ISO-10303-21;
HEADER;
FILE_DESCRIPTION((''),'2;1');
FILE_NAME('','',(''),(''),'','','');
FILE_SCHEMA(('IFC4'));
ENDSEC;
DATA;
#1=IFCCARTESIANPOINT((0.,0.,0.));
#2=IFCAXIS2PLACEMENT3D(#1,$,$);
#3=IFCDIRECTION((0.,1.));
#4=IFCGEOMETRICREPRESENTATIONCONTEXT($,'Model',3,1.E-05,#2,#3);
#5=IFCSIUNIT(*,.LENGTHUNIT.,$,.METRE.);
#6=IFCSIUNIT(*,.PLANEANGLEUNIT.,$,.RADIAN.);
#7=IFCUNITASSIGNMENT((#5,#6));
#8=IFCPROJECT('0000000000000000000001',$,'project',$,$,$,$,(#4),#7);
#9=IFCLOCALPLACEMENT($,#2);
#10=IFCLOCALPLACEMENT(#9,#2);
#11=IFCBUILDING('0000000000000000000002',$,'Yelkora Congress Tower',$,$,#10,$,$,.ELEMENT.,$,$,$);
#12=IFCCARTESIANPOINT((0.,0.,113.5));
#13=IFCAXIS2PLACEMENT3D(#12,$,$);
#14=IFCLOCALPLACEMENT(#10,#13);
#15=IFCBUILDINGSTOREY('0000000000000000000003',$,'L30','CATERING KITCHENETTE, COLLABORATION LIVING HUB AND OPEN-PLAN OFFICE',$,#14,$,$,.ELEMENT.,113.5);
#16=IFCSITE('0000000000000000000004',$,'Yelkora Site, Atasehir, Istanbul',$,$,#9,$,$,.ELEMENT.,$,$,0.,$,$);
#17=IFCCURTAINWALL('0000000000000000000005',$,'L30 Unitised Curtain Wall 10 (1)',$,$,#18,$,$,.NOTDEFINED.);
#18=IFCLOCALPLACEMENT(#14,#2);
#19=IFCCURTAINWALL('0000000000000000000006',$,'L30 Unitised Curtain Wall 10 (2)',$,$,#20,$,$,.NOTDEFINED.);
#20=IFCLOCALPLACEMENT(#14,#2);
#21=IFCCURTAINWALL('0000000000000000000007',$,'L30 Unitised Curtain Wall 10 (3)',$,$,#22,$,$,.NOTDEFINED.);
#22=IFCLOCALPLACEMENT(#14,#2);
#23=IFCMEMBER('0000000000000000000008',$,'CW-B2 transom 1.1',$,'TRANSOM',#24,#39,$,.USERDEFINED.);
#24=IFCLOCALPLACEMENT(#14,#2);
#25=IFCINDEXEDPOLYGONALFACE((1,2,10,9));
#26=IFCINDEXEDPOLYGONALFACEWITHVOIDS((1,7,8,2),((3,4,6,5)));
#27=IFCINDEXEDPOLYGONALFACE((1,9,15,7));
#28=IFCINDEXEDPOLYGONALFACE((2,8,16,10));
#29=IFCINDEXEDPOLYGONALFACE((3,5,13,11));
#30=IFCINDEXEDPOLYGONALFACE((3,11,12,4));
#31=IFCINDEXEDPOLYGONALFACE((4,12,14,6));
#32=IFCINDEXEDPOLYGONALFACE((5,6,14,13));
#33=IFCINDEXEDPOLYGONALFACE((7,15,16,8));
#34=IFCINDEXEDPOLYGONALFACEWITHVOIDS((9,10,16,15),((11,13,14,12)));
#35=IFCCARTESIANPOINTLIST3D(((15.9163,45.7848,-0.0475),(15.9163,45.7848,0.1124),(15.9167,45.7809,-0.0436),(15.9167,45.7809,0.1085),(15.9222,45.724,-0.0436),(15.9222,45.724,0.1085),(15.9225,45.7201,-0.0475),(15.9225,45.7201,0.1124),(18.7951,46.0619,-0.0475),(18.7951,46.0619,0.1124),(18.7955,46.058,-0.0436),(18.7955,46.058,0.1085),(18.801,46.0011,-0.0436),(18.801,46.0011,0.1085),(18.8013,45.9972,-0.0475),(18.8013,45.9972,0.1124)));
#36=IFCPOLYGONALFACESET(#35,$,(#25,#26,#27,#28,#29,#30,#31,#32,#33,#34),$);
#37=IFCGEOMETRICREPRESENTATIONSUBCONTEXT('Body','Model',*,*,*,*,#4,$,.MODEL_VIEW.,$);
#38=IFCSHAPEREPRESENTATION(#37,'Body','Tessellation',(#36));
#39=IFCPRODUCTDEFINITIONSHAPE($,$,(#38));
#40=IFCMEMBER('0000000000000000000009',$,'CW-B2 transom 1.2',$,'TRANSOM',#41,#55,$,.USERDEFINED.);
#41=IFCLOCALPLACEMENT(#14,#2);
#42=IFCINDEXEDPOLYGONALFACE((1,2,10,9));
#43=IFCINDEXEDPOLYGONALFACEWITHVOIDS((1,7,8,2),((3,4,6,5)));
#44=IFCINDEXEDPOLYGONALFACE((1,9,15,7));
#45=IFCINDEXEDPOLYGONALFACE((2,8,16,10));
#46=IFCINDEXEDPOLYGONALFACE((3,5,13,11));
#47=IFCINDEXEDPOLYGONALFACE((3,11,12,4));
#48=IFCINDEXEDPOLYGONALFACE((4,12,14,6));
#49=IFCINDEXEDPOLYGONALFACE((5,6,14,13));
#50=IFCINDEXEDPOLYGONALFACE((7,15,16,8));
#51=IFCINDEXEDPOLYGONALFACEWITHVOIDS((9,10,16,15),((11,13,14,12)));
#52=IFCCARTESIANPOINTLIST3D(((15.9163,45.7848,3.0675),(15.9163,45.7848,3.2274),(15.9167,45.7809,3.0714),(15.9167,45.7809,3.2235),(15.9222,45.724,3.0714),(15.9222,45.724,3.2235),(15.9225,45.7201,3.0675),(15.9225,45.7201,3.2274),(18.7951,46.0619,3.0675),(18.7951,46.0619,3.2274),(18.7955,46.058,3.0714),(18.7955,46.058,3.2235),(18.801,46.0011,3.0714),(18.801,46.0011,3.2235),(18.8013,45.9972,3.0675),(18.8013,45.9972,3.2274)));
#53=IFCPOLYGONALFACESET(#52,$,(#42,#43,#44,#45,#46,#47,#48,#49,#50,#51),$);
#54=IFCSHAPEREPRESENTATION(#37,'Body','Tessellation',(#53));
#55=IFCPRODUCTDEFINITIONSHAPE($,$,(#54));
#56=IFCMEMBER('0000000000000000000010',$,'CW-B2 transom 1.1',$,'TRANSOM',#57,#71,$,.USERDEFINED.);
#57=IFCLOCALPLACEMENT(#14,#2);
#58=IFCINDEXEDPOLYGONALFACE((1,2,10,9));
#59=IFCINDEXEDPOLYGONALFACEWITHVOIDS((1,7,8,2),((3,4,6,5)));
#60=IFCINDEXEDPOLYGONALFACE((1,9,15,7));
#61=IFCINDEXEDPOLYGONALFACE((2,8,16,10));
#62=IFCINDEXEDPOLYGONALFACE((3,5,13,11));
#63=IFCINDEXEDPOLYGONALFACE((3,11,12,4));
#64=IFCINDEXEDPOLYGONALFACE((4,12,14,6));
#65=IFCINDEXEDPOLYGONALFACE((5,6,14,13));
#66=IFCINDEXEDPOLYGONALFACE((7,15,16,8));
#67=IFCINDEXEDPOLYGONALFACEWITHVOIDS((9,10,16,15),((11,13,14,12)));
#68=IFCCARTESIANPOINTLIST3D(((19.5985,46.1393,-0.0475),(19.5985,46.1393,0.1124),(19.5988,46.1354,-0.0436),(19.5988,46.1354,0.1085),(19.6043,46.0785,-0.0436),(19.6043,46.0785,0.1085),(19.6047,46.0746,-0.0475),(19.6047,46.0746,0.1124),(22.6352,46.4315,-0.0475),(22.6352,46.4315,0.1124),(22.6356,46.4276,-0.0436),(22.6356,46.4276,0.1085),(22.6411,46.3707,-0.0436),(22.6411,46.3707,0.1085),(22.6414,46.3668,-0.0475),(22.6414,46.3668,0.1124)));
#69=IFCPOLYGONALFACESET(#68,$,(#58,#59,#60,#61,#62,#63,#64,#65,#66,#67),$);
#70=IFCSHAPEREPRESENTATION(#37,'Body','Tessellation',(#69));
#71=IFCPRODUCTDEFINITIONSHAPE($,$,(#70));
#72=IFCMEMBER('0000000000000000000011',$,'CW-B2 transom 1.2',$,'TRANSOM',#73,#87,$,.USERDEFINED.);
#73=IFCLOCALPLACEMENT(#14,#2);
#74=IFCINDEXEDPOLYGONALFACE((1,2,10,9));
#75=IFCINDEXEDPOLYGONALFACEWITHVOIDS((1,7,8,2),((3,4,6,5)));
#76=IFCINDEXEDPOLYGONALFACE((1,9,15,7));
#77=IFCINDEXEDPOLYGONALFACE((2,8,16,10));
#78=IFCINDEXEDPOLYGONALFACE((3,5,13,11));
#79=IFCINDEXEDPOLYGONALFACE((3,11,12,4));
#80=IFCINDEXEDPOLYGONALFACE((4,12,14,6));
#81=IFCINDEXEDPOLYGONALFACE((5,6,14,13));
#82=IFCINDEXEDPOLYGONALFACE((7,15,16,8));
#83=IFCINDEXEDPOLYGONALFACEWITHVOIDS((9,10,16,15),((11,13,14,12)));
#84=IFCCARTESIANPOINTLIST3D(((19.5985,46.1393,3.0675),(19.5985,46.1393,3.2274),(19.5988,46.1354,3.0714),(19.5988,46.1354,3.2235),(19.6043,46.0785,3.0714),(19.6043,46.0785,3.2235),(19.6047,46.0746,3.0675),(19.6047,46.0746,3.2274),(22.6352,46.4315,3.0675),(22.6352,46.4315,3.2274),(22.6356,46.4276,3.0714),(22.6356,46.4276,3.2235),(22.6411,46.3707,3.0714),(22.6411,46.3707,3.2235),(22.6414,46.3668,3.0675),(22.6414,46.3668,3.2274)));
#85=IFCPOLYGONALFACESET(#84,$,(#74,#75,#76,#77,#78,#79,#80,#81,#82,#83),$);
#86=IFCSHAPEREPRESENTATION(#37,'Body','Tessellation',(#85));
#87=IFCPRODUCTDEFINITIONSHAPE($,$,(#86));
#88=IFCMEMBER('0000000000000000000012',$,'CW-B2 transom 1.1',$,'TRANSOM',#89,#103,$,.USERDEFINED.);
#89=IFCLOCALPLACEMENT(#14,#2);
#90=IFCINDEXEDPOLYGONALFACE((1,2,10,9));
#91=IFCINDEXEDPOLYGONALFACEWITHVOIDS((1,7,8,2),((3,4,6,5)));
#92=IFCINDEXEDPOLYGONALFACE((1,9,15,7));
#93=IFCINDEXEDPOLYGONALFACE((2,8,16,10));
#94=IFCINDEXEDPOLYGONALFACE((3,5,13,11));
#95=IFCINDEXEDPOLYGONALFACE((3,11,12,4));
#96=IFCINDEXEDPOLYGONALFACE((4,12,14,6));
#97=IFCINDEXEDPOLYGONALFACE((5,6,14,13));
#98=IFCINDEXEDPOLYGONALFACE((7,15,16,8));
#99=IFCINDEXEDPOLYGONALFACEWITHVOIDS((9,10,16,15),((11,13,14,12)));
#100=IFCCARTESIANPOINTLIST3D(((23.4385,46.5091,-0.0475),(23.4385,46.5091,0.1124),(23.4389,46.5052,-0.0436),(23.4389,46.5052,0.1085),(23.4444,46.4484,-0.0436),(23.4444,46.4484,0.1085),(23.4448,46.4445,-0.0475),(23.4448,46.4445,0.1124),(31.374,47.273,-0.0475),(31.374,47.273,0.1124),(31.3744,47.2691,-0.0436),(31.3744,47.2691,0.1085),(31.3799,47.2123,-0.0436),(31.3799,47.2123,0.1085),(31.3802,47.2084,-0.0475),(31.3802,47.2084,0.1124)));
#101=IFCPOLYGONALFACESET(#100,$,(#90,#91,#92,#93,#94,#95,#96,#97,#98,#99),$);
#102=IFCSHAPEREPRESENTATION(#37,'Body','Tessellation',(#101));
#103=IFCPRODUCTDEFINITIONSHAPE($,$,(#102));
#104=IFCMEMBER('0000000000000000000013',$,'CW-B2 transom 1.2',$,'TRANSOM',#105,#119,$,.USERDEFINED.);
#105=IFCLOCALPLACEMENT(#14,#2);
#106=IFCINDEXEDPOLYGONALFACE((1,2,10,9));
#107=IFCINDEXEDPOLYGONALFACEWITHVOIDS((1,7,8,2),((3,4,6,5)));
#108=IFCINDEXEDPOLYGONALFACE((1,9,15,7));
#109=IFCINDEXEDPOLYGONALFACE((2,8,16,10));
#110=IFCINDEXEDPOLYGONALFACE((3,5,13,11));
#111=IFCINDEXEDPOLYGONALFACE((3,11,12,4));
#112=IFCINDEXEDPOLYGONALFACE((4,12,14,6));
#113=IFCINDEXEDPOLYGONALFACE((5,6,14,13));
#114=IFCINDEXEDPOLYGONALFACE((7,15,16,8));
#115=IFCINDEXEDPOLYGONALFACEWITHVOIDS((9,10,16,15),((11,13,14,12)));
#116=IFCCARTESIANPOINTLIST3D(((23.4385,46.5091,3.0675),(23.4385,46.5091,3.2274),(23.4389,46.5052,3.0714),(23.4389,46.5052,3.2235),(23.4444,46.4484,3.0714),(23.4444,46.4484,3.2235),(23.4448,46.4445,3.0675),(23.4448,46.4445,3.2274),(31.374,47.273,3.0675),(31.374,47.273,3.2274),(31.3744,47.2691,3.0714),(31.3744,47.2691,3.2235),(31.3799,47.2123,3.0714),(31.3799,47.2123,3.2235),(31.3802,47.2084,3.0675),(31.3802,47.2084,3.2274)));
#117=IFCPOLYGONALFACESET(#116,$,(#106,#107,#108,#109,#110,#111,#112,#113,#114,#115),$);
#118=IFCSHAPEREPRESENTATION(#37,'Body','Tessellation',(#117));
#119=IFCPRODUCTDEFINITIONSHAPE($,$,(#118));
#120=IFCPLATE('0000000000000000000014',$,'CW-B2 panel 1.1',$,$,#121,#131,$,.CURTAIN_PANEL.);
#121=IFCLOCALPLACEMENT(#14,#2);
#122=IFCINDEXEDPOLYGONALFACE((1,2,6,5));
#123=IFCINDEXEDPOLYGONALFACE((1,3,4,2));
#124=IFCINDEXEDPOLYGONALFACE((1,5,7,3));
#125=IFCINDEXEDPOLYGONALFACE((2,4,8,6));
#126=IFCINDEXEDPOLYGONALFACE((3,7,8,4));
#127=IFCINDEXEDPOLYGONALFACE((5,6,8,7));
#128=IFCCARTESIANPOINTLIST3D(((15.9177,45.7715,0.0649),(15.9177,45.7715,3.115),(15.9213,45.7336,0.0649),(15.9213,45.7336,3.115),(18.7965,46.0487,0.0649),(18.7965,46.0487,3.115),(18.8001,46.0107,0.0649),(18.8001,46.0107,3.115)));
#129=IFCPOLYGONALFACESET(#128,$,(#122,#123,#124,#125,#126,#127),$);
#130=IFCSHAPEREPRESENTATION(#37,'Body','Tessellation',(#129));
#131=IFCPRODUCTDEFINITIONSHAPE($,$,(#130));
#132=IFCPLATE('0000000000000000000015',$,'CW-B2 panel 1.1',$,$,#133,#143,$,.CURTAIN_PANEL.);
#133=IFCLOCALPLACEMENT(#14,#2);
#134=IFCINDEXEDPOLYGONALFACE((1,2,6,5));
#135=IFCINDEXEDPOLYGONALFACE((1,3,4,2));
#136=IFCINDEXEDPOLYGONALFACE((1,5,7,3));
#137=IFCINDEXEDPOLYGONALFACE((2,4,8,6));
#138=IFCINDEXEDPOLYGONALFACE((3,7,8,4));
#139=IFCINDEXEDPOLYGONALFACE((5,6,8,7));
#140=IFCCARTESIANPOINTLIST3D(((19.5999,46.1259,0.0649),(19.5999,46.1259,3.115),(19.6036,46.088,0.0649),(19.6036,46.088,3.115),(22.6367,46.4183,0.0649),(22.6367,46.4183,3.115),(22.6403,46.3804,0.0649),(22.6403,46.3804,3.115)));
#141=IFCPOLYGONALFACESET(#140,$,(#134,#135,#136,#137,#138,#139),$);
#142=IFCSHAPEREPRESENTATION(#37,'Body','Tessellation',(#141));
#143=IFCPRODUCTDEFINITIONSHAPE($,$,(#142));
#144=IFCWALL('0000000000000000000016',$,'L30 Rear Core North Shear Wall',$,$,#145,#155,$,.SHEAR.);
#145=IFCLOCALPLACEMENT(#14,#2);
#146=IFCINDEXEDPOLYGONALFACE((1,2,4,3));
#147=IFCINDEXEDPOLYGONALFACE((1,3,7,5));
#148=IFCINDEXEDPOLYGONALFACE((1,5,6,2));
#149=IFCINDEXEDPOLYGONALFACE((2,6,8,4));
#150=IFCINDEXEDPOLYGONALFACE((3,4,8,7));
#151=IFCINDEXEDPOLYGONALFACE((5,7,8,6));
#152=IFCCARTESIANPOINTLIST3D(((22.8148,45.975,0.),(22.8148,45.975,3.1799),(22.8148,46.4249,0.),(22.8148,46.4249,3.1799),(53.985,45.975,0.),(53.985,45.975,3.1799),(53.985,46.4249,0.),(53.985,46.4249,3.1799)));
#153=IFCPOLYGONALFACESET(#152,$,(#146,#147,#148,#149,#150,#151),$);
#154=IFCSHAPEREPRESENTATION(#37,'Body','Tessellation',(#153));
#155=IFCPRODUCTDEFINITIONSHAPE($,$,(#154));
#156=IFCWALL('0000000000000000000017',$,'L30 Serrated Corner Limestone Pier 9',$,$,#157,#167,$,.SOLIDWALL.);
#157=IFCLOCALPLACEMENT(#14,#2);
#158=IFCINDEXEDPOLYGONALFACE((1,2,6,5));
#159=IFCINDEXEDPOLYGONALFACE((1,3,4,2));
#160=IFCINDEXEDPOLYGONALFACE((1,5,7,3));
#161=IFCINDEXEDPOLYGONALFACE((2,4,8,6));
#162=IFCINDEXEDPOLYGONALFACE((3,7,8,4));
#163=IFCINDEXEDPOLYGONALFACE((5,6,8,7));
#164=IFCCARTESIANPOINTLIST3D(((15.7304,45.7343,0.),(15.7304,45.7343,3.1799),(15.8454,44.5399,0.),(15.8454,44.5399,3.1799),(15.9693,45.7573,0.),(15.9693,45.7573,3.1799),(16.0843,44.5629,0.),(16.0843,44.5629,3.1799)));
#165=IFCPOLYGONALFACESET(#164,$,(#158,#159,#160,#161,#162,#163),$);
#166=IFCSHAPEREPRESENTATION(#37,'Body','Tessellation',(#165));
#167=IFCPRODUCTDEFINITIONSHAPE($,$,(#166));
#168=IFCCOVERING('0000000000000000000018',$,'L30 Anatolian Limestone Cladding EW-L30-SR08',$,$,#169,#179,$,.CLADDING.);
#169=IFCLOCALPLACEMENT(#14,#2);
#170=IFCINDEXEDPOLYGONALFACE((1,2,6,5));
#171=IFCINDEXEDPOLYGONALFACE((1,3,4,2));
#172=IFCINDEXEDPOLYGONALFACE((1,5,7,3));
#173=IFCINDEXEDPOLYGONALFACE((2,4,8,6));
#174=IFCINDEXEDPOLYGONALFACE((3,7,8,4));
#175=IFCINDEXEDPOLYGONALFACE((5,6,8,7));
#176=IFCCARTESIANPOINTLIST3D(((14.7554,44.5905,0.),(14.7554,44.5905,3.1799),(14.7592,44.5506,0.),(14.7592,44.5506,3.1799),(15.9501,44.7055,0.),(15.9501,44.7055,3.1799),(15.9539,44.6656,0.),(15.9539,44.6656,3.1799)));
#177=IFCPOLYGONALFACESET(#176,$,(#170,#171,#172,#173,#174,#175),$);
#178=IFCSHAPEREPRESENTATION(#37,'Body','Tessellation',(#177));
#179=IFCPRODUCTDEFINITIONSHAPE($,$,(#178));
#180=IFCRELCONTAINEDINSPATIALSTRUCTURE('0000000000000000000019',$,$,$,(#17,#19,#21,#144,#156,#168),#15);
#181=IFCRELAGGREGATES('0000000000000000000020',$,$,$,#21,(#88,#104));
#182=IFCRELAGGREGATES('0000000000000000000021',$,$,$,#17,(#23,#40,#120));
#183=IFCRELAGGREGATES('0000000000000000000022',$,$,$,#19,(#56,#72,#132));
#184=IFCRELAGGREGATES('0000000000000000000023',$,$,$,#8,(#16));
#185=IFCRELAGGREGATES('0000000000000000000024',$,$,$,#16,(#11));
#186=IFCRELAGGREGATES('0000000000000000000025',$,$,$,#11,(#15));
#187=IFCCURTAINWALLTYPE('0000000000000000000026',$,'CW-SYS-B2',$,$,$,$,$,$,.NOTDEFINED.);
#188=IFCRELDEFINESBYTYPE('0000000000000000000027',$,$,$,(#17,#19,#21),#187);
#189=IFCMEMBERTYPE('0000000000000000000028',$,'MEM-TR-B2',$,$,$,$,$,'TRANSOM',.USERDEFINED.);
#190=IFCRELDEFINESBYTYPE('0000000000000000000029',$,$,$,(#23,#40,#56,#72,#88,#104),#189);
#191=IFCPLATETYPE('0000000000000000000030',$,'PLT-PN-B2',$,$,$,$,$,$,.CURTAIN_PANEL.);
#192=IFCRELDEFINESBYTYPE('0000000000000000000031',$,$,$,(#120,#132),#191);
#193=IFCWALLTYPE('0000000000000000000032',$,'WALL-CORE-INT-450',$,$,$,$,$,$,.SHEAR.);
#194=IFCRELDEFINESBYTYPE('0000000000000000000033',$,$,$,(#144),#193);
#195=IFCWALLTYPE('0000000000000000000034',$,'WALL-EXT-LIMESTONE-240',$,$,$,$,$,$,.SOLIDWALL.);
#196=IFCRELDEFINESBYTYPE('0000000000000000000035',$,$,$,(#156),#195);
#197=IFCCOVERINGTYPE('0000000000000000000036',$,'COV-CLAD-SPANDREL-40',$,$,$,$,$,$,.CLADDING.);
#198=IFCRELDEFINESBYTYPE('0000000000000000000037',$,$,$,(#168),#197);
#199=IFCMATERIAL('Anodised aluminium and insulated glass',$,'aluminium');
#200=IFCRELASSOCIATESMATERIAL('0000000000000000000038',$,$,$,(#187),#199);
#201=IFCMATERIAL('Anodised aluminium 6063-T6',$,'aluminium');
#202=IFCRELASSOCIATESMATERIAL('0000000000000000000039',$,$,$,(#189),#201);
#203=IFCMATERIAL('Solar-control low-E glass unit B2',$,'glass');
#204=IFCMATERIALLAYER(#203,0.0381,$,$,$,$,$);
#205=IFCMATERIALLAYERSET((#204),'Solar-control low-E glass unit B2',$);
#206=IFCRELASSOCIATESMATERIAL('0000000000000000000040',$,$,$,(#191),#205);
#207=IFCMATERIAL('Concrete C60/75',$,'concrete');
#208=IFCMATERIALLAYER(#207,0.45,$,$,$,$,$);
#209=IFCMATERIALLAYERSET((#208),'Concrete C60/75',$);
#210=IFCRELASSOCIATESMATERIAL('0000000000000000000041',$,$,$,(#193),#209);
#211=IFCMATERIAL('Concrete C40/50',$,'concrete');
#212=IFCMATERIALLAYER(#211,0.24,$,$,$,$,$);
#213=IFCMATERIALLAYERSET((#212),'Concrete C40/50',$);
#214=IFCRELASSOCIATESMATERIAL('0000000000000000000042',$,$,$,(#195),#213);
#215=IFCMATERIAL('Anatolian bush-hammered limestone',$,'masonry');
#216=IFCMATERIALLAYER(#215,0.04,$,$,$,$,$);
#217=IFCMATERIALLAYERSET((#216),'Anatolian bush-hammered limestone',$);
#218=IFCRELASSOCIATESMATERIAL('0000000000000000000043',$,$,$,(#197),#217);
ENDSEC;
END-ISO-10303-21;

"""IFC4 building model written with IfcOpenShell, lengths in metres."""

from ifc_helpers import new_model, si_unit, direction, frame, frame_2d, origin, origin_2d, place, context, subcontext, project, spatial, rectangle, hollow_rectangle, extrude, material, layer, layer_set, material_profile, profile_set, type_object, element, aggregate, save


model = new_model("IFC4")

# Units and contexts
model_context = context("Model", 3, precision=1e-05, world=origin(), true_north=direction((0.0, 1.0)))
body_context = subcontext(model_context, "Body", "Model", "MODEL_VIEW")
ifc_project = project(units=[si_unit("LENGTHUNIT", "METRE"), si_unit("PLANEANGLEUNIT", "RADIAN")], contexts=[model_context])

# Site, building, storey
site_placement = place(None, origin())
site = spatial("IfcSite", under=ifc_project, at=site_placement, Name="Yelkora Site, Atasehir, Istanbul", CompositionType="ELEMENT", RefElevation=0.0)
building_placement = place(site_placement, origin())
building = spatial("IfcBuilding", under=site, at=building_placement, Name="Yelkora Congress Tower", CompositionType="ELEMENT")
storey_placement = place(building_placement, frame((0.0, 0.0, 113.5)))
storey = spatial("IfcBuildingStorey", under=building, at=storey_placement, Name="L30", Description="CATERING KITCHENETTE, COLLABORATION LIVING HUB AND OPEN-PLAN OFFICE", CompositionType="ELEMENT", Elevation=113.5)

# Curtain walls
ifc_material_1 = material(Name="Anodised aluminium and insulated glass", Category="aluminium")
curtain_wall_type = type_object("IfcCurtainWallType", Name="CW-SYS-B2", PredefinedType="NOTDEFINED", material=ifc_material_1)
curtain_wall_1_placement = place(storey_placement, origin())
curtain_wall_1 = element("IfcCurtainWall", 1, at=curtain_wall_1_placement, inside=storey, type_object=curtain_wall_type, Name="L30 Unitised Curtain Wall 10 (1)", PredefinedType="NOTDEFINED")
ifc_material_2 = material(Name="Anodised aluminium 6063-T6", Category="aluminium")
curtain_wall_2_placement = place(storey_placement, origin())
curtain_wall_2 = element("IfcCurtainWall", 2, at=curtain_wall_2_placement, inside=storey, type_object=curtain_wall_type, Name="L30 Unitised Curtain Wall 10 (2)", PredefinedType="NOTDEFINED")

# Curtain wall
curtain_wall_3_placement = place(storey_placement, origin())
curtain_wall_3 = element("IfcCurtainWall", 3, at=curtain_wall_3_placement, inside=storey, type_object=curtain_wall_type, Name="L30 Unitised Curtain Wall 10 (3)", PredefinedType="NOTDEFINED")

# Members
ifc_material_profile_1 = material_profile(ifc_material_2, hollow_rectangle(XDim=0.0649, YDim=0.1599, WallThickness=0.0039, at=origin_2d()), Name="ALU 65x160x4")
ifc_profile_set_1 = profile_set([ifc_material_profile_1], Name="Anodised aluminium 6063-T6")
member_type_1 = type_object("IfcMemberType", Name="MEM-TR-B2", ElementType="TRANSOM", PredefinedType="USERDEFINED", material=ifc_profile_set_1)
member_1_placement = place(storey_placement, frame((15.9194, 45.7524, 0.0325), z_axis=(0.9954, 0.095809, 0.0), x_axis=(-0.095809, 0.9954, 0.0)))
member_1 = element("IfcMember", 4, at=member_1_placement, type_object=member_type_1, Name="CW-B2 transom 1.1", ObjectType="TRANSOM", PredefinedType="USERDEFINED", context=body_context, shape_type="SweptSolid", body=[
    extrude(hollow_rectangle(XDim=0.0649, YDim=0.1599, WallThickness=0.0039, at=origin_2d()), origin(), (0.0, 0.0, 1.0), 2.8921),
])
member_2_placement = place(storey_placement, frame((15.9194, 45.7524, 3.1475), z_axis=(0.9954, 0.095809, 0.0), x_axis=(-0.095809, 0.9954, 0.0)))
member_2 = element("IfcMember", 5, at=member_2_placement, type_object=member_type_1, Name="CW-B2 transom 1.2", ObjectType="TRANSOM", PredefinedType="USERDEFINED", context=body_context, shape_type="SweptSolid", body=[
    extrude(hollow_rectangle(XDim=0.0649, YDim=0.1599, WallThickness=0.0039, at=origin_2d()), origin(), (0.0, 0.0, 1.0), 2.8921),
])
member_3_placement = place(storey_placement, frame((19.6016, 46.1069, 0.0325), z_axis=(0.995402, 0.095787, 0.0), x_axis=(-0.095787, 0.995402, 0.0)))
member_3 = element("IfcMember", 6, at=member_3_placement, type_object=member_type_1, Name="CW-B2 transom 1.1", ObjectType="TRANSOM", PredefinedType="USERDEFINED", context=body_context, shape_type="SweptSolid", body=[
    extrude(hollow_rectangle(XDim=0.0649, YDim=0.1599, WallThickness=0.0039, at=origin_2d()), origin(), (0.0, 0.0, 1.0), 3.0508),
])
member_4_placement = place(storey_placement, frame((19.6016, 46.1069, 3.1475), z_axis=(0.995402, 0.095787, 0.0), x_axis=(-0.095787, 0.995402, 0.0)))
member_4 = element("IfcMember", 7, at=member_4_placement, type_object=member_type_1, Name="CW-B2 transom 1.2", ObjectType="TRANSOM", PredefinedType="USERDEFINED", context=body_context, shape_type="SweptSolid", body=[
    extrude(hollow_rectangle(XDim=0.0649, YDim=0.1599, WallThickness=0.0039, at=origin_2d()), origin(), (0.0, 0.0, 1.0), 3.0508),
])
member_5_placement = place(storey_placement, frame((23.4417, 46.4768, 0.0325), z_axis=(0.995398, 0.095822, 0.0), x_axis=(-0.095822, 0.995398, 0.0)))
member_5 = element("IfcMember", 8, at=member_5_placement, type_object=member_type_1, Name="CW-B2 transom 1.1", ObjectType="TRANSOM", PredefinedType="USERDEFINED", context=body_context, shape_type="SweptSolid", body=[
    extrude(hollow_rectangle(XDim=0.0649, YDim=0.1599, WallThickness=0.0039, at=origin_2d()), origin(), (0.0, 0.0, 1.0), 7.9722),
])
member_6_placement = place(storey_placement, frame((23.4417, 46.4768, 3.1475), z_axis=(0.995398, 0.095822, 0.0), x_axis=(-0.095822, 0.995398, 0.0)))
member_6 = element("IfcMember", 9, at=member_6_placement, type_object=member_type_1, Name="CW-B2 transom 1.2", ObjectType="TRANSOM", PredefinedType="USERDEFINED", context=body_context, shape_type="SweptSolid", body=[
    extrude(hollow_rectangle(XDim=0.0649, YDim=0.1599, WallThickness=0.0039, at=origin_2d()), origin(), (0.0, 0.0, 1.0), 7.9722),
])
aggregate(curtain_wall_3, [member_5, member_6])

# Plates
ifc_material_3 = material(Name="Solar-control low-E glass unit B2", Category="glass")
ifc_layer_1 = layer(ifc_material_3, 0.0381)
ifc_layer_set_1 = layer_set([ifc_layer_1], Name="Solar-control low-E glass unit B2")
plate_type = type_object("IfcPlateType", Name="PLT-PN-B2", PredefinedType="CURTAIN_PANEL", material=ifc_layer_set_1)
plate_1_placement = place(storey_placement, frame((17.3589, 45.8911, 0.0649), z_axis=(0.0, 0.0, 1.0), x_axis=(0.995397, 0.095839, 0.0)))
plate_1 = element("IfcPlate", 10, at=plate_1_placement, type_object=plate_type, Name="CW-B2 panel 1.1", PredefinedType="CURTAIN_PANEL", context=body_context, shape_type="SweptSolid", body=[
    extrude(rectangle(XDim=2.8921, YDim=0.0381, at=origin_2d()), origin(), (0.0, 0.0, 1.0), 3.05),
])
aggregate(curtain_wall_1, [member_1, member_2, plate_1])
plate_2_placement = place(storey_placement, frame((21.1201, 46.2532, 0.0649), z_axis=(0.0, 0.0, 1.0), x_axis=(0.995397, 0.095841, 0.0)))
plate_2 = element("IfcPlate", 11, at=plate_2_placement, type_object=plate_type, Name="CW-B2 panel 1.1", PredefinedType="CURTAIN_PANEL", context=body_context, shape_type="SweptSolid", body=[
    extrude(rectangle(XDim=3.0508, YDim=0.0381, at=origin_2d()), origin(), (0.0, 0.0, 1.0), 3.05),
])
aggregate(curtain_wall_2, [member_3, member_4, plate_2])

# Walls
ifc_material_4 = material(Name="Concrete C60/75", Category="concrete")
ifc_layer_2 = layer(ifc_material_4, 0.45)
ifc_layer_set_2 = layer_set([ifc_layer_2], Name="Concrete C60/75")
wall_type_1 = type_object("IfcWallType", Name="WALL-CORE-INT-450", PredefinedType="SHEAR", material=ifc_layer_set_2)
wall_1_placement = place(storey_placement, frame((22.8149, 46.2, 0.0), z_axis=(0.0, 0.0, 1.0), x_axis=(1.0, 0.0, 0.0)))
element("IfcWall", 12, at=wall_1_placement, inside=storey, type_object=wall_type_1, Name="L30 Rear Core North Shear Wall", PredefinedType="SHEAR", context=body_context, shape_type="SweptSolid", body=[
    extrude(rectangle(XDim=31.1702, YDim=0.45, at=frame_2d((15.585, 0.0))), origin(), (0.0, 0.0, 1.0), 3.1799),
])
ifc_material_5 = material(Name="Concrete C40/50", Category="concrete")
ifc_layer_3 = layer(ifc_material_5, 0.24)
ifc_layer_set_3 = layer_set([ifc_layer_3], Name="Concrete C40/50")
wall_type_2 = type_object("IfcWallType", Name="WALL-EXT-LIMESTONE-240", PredefinedType="SOLIDWALL", material=ifc_layer_set_3)
wall_2_placement = place(storey_placement, frame((15.9648, 44.5513, 0.0), z_axis=(0.0, 0.0, 1.0), x_axis=(-0.095836, 0.995397, 0.0)))
element("IfcWall", 13, at=wall_2_placement, inside=storey, type_object=wall_type_2, Name="L30 Serrated Corner Limestone Pier 9", PredefinedType="SOLIDWALL", context=body_context, shape_type="SweptSolid", body=[
    extrude(rectangle(XDim=1.2, YDim=0.24, at=frame_2d((0.6001, 0.0))), origin(), (0.0, 0.0, 1.0), 3.1799),
])

# Covering
ifc_material_6 = material(Name="Anatolian bush-hammered limestone", Category="masonry")
ifc_layer_4 = layer(ifc_material_6, 0.04)
ifc_layer_set_4 = layer_set([ifc_layer_4], Name="Anatolian bush-hammered limestone")
covering_type = type_object("IfcCoveringType", Name="COV-CLAD-SPANDREL-40", PredefinedType="CLADDING", material=ifc_layer_set_4)
covering_placement = place(storey_placement, frame((14.7573, 44.5706, 0.0), z_axis=(0.0, 0.0, 1.0), x_axis=(0.995399, 0.095817, 0.0)))
element("IfcCovering", 14, at=covering_placement, inside=storey, type_object=covering_type, Name="L30 Anatolian Limestone Cladding EW-L30-SR08", PredefinedType="CLADDING", context=body_context, shape_type="SweptSolid", body=[
    extrude(rectangle(XDim=1.2002, YDim=0.04, at=frame_2d((0.6001, 0.0))), origin(), (0.0, 0.0, 1.0), 3.1799),
])

save(model, "model.ifc")
